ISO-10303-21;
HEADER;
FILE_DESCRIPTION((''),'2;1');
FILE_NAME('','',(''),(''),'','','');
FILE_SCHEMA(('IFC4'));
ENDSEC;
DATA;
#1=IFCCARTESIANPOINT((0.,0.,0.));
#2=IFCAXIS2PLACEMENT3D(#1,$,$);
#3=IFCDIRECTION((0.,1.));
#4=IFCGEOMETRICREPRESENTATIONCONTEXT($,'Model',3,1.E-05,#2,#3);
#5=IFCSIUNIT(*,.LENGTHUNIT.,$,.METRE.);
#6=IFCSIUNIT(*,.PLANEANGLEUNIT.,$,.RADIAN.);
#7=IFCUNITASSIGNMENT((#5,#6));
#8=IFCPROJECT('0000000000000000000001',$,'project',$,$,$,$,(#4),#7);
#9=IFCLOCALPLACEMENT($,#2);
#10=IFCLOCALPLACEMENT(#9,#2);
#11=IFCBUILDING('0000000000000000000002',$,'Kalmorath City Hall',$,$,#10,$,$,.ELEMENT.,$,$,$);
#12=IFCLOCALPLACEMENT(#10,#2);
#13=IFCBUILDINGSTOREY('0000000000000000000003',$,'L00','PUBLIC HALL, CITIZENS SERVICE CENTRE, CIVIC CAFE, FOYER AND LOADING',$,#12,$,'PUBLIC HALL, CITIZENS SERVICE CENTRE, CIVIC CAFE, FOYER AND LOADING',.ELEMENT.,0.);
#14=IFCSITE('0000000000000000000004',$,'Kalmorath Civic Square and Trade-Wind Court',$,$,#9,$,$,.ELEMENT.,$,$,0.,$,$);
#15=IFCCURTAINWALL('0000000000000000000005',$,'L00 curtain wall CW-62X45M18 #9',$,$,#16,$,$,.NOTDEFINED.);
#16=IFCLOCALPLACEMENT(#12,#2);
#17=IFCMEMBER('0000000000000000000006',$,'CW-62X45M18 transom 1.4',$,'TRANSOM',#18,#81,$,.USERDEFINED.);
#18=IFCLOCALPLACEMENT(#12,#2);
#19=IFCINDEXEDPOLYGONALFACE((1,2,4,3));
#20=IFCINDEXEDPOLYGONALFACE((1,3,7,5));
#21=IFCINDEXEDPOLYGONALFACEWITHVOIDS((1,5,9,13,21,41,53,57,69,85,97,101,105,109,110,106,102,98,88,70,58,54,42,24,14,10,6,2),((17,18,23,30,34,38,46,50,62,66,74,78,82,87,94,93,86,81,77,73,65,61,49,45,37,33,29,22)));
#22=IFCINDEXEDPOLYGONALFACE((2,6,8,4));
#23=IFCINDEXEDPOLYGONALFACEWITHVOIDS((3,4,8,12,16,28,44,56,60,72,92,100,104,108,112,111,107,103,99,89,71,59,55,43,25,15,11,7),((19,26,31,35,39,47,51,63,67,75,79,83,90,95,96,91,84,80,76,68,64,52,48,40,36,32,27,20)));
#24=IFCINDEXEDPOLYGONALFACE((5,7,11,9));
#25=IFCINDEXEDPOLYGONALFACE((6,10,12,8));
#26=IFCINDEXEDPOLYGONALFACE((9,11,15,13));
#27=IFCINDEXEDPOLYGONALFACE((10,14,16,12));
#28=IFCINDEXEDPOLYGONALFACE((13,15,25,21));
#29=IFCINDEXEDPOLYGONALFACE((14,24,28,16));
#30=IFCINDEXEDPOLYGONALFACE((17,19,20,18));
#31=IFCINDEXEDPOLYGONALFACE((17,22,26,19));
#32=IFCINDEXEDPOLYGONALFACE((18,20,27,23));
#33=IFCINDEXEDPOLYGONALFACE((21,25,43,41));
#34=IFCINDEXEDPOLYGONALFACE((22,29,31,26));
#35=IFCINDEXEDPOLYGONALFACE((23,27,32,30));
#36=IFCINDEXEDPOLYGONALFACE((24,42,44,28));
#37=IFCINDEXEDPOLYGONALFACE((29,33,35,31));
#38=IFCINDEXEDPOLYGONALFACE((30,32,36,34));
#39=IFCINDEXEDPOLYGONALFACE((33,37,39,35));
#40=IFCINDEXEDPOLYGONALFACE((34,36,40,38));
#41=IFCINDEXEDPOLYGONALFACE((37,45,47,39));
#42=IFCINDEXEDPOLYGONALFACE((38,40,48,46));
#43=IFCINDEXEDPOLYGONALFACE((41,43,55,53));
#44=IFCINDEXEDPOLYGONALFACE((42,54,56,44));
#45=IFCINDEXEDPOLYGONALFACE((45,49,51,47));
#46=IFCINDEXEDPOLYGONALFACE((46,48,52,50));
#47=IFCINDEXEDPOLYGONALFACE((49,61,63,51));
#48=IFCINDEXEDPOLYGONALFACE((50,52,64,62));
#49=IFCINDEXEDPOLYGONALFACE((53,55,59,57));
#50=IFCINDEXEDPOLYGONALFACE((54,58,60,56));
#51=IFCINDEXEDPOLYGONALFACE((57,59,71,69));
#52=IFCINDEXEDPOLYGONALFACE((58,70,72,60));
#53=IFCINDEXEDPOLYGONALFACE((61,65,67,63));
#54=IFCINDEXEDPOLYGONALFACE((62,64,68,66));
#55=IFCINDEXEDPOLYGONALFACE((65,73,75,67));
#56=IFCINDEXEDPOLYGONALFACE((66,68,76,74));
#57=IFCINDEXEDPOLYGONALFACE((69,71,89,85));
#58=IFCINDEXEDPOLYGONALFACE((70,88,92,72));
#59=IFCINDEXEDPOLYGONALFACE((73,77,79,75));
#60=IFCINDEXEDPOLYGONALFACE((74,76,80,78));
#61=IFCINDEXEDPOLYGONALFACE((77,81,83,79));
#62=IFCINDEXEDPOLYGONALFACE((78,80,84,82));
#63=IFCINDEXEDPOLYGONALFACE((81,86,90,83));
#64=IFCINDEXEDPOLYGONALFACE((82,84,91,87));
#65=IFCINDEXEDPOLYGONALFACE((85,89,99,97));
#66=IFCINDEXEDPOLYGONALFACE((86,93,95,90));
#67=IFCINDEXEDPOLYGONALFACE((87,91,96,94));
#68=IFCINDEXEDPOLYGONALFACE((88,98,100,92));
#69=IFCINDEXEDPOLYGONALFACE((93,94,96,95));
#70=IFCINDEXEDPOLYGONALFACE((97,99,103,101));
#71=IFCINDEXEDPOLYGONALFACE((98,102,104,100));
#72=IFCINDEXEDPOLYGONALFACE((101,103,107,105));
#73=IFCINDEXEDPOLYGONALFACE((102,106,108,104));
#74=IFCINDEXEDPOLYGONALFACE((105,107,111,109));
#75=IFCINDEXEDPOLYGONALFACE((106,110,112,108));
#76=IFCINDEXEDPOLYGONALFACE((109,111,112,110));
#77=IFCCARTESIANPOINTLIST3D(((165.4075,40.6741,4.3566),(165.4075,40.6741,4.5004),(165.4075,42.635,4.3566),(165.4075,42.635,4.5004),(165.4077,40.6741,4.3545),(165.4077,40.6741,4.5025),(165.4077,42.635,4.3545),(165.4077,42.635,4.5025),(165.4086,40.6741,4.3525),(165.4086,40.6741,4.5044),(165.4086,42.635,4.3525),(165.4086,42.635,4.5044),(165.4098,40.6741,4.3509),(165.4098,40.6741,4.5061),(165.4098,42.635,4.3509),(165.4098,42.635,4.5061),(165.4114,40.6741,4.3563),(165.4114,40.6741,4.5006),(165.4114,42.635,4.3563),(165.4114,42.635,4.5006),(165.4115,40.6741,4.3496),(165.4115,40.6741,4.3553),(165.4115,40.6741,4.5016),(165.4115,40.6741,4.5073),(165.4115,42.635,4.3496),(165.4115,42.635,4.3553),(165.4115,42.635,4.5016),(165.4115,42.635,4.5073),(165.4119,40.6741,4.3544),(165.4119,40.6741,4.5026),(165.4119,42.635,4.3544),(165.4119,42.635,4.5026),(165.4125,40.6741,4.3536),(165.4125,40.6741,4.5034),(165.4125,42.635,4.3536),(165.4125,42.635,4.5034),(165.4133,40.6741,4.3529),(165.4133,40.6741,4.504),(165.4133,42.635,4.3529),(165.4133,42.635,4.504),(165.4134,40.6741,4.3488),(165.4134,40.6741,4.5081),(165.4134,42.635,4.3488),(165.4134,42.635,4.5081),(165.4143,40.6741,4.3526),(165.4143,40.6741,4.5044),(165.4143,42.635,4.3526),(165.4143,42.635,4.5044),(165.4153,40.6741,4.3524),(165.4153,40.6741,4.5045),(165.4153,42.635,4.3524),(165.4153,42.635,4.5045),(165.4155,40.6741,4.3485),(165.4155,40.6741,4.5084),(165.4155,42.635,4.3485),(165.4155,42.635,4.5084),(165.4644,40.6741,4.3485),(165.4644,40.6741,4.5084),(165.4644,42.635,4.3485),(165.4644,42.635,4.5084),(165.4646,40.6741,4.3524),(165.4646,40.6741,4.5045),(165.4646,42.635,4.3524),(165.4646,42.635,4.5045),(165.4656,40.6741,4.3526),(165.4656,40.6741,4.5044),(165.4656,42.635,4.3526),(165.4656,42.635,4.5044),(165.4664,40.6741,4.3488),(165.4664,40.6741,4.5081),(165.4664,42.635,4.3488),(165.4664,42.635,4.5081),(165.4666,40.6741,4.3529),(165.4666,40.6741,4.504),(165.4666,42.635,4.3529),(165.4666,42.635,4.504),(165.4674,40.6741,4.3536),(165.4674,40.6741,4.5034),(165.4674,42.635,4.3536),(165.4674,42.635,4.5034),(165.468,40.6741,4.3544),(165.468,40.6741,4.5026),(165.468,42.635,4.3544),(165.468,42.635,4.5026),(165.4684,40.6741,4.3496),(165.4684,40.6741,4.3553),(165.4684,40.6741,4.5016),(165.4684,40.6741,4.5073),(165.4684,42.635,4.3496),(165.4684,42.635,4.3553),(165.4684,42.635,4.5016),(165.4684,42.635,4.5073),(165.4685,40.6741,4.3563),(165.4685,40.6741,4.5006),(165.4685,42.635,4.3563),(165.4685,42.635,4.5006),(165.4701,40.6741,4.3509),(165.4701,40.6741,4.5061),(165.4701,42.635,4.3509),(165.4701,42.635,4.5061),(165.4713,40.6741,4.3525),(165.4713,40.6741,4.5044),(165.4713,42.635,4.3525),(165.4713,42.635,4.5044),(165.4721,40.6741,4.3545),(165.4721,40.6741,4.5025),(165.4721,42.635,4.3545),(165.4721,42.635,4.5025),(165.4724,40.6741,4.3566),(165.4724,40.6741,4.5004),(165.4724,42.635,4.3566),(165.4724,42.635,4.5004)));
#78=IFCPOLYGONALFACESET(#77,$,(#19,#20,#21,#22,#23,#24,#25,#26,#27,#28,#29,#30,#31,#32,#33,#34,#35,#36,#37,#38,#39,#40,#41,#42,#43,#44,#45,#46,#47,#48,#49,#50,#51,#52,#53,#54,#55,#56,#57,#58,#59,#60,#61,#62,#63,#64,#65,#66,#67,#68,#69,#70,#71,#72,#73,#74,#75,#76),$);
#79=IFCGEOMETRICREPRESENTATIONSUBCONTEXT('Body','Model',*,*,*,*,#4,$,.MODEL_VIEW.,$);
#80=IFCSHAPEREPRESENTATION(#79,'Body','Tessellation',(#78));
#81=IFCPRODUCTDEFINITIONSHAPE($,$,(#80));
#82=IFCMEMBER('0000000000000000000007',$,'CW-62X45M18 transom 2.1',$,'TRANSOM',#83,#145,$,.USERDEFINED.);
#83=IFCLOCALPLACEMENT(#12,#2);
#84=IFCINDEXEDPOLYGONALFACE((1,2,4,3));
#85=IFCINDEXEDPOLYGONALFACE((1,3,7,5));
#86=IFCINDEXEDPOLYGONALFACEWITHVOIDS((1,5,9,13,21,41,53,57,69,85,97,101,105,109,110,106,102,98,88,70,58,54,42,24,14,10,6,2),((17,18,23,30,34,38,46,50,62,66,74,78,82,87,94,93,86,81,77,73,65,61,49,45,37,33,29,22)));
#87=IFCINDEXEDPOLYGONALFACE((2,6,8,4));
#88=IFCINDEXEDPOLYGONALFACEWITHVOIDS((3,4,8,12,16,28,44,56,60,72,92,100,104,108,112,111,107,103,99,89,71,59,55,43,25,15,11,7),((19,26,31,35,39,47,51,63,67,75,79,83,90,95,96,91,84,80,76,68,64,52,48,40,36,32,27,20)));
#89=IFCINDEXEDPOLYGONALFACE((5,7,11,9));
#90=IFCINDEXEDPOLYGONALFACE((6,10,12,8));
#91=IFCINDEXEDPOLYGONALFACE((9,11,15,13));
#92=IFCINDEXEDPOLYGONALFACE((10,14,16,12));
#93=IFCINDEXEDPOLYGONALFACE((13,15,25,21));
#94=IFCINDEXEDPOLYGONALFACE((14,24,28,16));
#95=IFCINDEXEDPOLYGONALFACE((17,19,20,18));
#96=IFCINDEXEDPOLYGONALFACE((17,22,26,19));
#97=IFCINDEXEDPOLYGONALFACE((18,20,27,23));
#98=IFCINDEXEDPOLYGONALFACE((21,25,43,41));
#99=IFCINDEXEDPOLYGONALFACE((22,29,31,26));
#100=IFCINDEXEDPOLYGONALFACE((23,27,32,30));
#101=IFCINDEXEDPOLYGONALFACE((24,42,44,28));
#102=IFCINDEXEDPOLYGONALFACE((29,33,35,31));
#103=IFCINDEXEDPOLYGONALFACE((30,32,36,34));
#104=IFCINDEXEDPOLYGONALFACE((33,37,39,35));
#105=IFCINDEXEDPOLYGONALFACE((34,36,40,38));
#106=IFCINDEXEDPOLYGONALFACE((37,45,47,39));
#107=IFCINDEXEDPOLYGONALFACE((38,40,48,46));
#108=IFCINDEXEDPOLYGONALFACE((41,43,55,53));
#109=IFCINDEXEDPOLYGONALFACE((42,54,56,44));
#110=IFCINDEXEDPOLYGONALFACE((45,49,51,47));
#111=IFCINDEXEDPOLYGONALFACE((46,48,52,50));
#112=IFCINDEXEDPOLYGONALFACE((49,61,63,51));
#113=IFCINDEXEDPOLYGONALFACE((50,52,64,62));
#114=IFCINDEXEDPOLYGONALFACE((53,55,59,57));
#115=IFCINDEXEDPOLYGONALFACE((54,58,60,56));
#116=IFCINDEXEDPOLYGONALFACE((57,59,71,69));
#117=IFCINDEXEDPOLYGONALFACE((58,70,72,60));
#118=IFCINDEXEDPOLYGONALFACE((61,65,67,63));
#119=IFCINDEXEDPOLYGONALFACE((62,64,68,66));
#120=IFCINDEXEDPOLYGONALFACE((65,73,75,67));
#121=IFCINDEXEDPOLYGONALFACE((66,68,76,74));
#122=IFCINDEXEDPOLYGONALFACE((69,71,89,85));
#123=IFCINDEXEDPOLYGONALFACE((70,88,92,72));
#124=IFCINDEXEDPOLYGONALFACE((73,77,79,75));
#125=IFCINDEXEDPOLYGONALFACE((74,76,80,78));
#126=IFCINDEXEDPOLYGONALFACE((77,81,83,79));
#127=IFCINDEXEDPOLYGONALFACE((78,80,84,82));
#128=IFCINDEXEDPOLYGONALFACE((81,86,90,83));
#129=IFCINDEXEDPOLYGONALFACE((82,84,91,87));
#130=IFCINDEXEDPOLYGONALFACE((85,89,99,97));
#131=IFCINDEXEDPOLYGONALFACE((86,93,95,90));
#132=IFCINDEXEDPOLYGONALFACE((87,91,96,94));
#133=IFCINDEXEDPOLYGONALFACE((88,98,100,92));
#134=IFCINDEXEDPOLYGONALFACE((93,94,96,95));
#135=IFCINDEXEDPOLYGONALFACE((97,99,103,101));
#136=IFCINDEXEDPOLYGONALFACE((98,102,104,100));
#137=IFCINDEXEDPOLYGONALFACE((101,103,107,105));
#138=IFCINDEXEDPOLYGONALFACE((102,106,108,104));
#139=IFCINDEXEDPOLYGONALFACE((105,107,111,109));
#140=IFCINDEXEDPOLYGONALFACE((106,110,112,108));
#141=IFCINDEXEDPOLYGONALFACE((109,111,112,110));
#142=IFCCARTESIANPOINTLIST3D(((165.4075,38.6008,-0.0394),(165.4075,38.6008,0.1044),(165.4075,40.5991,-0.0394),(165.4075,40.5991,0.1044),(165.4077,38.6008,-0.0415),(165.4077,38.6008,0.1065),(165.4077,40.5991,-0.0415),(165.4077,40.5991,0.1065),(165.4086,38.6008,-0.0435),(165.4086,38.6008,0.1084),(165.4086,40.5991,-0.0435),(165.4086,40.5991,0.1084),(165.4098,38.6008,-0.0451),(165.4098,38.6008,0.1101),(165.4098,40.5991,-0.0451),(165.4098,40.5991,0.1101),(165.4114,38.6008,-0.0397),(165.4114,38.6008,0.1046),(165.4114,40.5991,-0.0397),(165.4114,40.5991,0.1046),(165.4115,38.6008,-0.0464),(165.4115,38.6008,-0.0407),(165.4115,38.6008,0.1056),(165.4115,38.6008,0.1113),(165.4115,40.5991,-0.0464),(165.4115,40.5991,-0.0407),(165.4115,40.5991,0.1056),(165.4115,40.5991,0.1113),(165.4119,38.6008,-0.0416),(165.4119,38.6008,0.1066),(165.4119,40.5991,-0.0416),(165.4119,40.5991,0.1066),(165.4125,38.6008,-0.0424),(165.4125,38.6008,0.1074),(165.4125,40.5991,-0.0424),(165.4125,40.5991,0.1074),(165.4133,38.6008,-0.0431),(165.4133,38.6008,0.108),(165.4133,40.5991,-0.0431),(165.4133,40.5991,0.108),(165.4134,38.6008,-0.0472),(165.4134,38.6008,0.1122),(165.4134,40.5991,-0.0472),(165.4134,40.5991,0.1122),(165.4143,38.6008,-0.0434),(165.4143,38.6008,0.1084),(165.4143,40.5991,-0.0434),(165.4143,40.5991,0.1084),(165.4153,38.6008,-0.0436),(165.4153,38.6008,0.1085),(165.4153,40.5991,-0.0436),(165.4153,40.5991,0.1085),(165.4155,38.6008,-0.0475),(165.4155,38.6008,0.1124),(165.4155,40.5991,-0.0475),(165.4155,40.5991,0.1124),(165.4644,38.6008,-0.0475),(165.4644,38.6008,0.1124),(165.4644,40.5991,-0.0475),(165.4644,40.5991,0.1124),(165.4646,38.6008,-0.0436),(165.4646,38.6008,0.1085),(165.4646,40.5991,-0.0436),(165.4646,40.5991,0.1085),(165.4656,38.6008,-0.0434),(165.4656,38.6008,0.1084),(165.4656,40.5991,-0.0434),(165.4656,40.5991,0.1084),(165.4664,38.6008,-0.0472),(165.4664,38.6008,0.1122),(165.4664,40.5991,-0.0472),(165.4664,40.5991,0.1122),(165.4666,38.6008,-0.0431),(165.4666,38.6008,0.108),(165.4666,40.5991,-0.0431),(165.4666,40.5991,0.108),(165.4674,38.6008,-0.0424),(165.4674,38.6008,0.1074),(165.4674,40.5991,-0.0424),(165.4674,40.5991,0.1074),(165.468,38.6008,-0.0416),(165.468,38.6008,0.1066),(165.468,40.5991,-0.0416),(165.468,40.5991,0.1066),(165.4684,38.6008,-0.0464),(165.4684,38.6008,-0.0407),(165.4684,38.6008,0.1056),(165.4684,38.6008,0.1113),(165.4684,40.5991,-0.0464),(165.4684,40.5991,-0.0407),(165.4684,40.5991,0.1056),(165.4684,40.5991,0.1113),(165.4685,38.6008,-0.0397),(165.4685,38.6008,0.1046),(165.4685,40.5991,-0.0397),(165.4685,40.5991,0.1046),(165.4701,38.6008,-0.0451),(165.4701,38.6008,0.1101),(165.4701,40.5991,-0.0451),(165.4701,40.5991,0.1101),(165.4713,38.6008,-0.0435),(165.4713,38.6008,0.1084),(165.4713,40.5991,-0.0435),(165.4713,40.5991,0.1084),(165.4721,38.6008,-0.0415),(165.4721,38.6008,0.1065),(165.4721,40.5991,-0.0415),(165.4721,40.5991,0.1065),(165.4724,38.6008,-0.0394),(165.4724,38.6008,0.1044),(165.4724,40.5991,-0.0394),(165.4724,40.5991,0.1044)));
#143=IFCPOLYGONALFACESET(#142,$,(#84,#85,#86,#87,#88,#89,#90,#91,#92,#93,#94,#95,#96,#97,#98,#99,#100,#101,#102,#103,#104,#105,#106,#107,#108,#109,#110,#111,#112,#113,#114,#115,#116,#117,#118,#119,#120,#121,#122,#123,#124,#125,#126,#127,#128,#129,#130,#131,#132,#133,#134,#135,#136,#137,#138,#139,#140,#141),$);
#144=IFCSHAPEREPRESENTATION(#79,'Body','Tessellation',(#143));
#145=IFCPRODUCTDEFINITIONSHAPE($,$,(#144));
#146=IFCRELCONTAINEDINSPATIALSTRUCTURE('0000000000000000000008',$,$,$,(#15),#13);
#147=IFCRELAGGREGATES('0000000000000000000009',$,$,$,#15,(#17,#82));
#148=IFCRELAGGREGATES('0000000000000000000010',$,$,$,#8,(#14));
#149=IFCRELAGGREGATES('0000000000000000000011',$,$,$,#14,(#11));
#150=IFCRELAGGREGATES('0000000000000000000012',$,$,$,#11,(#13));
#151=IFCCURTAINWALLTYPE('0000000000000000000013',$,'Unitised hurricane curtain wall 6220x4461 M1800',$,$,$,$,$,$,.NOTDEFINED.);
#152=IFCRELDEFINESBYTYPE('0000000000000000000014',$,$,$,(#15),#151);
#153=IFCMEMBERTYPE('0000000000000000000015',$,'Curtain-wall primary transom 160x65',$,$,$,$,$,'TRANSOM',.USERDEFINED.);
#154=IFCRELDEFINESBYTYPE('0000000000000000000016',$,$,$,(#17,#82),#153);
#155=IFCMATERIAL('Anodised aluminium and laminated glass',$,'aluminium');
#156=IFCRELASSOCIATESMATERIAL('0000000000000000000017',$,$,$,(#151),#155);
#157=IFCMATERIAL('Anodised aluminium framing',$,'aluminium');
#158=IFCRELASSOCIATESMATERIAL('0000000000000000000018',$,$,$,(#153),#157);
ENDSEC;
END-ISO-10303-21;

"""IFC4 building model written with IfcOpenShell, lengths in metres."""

from ifc_helpers import new_model, si_unit, direction, frame, origin, origin_2d, place, context, subcontext, project, spatial, hollow_rectangle, extrude, material, material_profile, profile_set, type_object, element, aggregate, save


model = new_model("IFC4")

# Units and contexts
model_context = context("Model", 3, precision=1e-05, world=origin(), true_north=direction((0.0, 1.0)))
body_context = subcontext(model_context, "Body", "Model", "MODEL_VIEW")
ifc_project = project(units=[si_unit("LENGTHUNIT", "METRE"), si_unit("PLANEANGLEUNIT", "RADIAN")], contexts=[model_context])

# Site, building, storey
site_placement = place(None, origin())
site = spatial("IfcSite", under=ifc_project, at=site_placement, Name="Kalmorath Civic Square and Trade-Wind Court", CompositionType="ELEMENT", RefElevation=0.0)
building_placement = place(site_placement, origin())
building = spatial("IfcBuilding", under=site, at=building_placement, Name="Kalmorath City Hall", CompositionType="ELEMENT")
storey_placement = place(building_placement, origin())
storey = spatial("IfcBuildingStorey", under=building, at=storey_placement, Name="L00", Description="PUBLIC HALL, CITIZENS SERVICE CENTRE, CIVIC CAFE, FOYER AND LOADING", LongName="PUBLIC HALL, CITIZENS SERVICE CENTRE, CIVIC CAFE, FOYER AND LOADING", CompositionType="ELEMENT", Elevation=0.0)

# Curtain wall, members
ifc_material_1 = material(Name="Anodised aluminium and laminated glass", Category="aluminium")
curtain_wall_type = type_object("IfcCurtainWallType", Name="Unitised hurricane curtain wall 6220x4461 M1800", PredefinedType="NOTDEFINED", material=ifc_material_1)
curtain_wall_placement = place(storey_placement, origin())
curtain_wall = element("IfcCurtainWall", 1, at=curtain_wall_placement, inside=storey, type_object=curtain_wall_type, Name="L00 curtain wall CW-62X45M18 #9", PredefinedType="NOTDEFINED")
ifc_material_2 = material(Name="Anodised aluminium framing", Category="aluminium")
ifc_material_profile_1 = material_profile(ifc_material_2, hollow_rectangle(XDim=0.0649, YDim=0.1599, WallThickness=0.0039, InnerFilletRadius=0.0039, OuterFilletRadius=0.0081, at=origin_2d()), Name="ALU-TRN-160X65X4")
ifc_profile_set_1 = profile_set([ifc_material_profile_1], Name="Anodised aluminium framing")
member_type_1 = type_object("IfcMemberType", Name="Curtain-wall primary transom 160x65", ElementType="TRANSOM", PredefinedType="USERDEFINED", material=ifc_profile_set_1)
member_1_placement = place(storey_placement, frame((165.4399, 42.635, 4.4285), z_axis=(0.0, -1.0, 0.0), x_axis=(1.0, 0.0, 0.0)))
member_1 = element("IfcMember", 2, at=member_1_placement, type_object=member_type_1, Name="CW-62X45M18 transom 1.4", ObjectType="TRANSOM", PredefinedType="USERDEFINED", context=body_context, shape_type="SweptSolid", body=[
    extrude(hollow_rectangle(XDim=0.0649, YDim=0.1599, WallThickness=0.0039, InnerFilletRadius=0.0039, OuterFilletRadius=0.0081, at=origin_2d()), origin(), (0.0, 0.0, 1.0), 1.9609),
])
member_2_placement = place(storey_placement, frame((165.4399, 40.5991, 0.0325), z_axis=(0.0, -1.0, 0.0), x_axis=(1.0, 0.0, 0.0)))
member_2 = element("IfcMember", 3, at=member_2_placement, type_object=member_type_1, Name="CW-62X45M18 transom 2.1", ObjectType="TRANSOM", PredefinedType="USERDEFINED", context=body_context, shape_type="SweptSolid", body=[
    extrude(hollow_rectangle(XDim=0.0649, YDim=0.1599, WallThickness=0.0039, InnerFilletRadius=0.0039, OuterFilletRadius=0.0081, at=origin_2d()), origin(), (0.0, 0.0, 1.0), 1.9983),
])
aggregate(curtain_wall, [member_1, member_2])

save(model, "model.ifc")
